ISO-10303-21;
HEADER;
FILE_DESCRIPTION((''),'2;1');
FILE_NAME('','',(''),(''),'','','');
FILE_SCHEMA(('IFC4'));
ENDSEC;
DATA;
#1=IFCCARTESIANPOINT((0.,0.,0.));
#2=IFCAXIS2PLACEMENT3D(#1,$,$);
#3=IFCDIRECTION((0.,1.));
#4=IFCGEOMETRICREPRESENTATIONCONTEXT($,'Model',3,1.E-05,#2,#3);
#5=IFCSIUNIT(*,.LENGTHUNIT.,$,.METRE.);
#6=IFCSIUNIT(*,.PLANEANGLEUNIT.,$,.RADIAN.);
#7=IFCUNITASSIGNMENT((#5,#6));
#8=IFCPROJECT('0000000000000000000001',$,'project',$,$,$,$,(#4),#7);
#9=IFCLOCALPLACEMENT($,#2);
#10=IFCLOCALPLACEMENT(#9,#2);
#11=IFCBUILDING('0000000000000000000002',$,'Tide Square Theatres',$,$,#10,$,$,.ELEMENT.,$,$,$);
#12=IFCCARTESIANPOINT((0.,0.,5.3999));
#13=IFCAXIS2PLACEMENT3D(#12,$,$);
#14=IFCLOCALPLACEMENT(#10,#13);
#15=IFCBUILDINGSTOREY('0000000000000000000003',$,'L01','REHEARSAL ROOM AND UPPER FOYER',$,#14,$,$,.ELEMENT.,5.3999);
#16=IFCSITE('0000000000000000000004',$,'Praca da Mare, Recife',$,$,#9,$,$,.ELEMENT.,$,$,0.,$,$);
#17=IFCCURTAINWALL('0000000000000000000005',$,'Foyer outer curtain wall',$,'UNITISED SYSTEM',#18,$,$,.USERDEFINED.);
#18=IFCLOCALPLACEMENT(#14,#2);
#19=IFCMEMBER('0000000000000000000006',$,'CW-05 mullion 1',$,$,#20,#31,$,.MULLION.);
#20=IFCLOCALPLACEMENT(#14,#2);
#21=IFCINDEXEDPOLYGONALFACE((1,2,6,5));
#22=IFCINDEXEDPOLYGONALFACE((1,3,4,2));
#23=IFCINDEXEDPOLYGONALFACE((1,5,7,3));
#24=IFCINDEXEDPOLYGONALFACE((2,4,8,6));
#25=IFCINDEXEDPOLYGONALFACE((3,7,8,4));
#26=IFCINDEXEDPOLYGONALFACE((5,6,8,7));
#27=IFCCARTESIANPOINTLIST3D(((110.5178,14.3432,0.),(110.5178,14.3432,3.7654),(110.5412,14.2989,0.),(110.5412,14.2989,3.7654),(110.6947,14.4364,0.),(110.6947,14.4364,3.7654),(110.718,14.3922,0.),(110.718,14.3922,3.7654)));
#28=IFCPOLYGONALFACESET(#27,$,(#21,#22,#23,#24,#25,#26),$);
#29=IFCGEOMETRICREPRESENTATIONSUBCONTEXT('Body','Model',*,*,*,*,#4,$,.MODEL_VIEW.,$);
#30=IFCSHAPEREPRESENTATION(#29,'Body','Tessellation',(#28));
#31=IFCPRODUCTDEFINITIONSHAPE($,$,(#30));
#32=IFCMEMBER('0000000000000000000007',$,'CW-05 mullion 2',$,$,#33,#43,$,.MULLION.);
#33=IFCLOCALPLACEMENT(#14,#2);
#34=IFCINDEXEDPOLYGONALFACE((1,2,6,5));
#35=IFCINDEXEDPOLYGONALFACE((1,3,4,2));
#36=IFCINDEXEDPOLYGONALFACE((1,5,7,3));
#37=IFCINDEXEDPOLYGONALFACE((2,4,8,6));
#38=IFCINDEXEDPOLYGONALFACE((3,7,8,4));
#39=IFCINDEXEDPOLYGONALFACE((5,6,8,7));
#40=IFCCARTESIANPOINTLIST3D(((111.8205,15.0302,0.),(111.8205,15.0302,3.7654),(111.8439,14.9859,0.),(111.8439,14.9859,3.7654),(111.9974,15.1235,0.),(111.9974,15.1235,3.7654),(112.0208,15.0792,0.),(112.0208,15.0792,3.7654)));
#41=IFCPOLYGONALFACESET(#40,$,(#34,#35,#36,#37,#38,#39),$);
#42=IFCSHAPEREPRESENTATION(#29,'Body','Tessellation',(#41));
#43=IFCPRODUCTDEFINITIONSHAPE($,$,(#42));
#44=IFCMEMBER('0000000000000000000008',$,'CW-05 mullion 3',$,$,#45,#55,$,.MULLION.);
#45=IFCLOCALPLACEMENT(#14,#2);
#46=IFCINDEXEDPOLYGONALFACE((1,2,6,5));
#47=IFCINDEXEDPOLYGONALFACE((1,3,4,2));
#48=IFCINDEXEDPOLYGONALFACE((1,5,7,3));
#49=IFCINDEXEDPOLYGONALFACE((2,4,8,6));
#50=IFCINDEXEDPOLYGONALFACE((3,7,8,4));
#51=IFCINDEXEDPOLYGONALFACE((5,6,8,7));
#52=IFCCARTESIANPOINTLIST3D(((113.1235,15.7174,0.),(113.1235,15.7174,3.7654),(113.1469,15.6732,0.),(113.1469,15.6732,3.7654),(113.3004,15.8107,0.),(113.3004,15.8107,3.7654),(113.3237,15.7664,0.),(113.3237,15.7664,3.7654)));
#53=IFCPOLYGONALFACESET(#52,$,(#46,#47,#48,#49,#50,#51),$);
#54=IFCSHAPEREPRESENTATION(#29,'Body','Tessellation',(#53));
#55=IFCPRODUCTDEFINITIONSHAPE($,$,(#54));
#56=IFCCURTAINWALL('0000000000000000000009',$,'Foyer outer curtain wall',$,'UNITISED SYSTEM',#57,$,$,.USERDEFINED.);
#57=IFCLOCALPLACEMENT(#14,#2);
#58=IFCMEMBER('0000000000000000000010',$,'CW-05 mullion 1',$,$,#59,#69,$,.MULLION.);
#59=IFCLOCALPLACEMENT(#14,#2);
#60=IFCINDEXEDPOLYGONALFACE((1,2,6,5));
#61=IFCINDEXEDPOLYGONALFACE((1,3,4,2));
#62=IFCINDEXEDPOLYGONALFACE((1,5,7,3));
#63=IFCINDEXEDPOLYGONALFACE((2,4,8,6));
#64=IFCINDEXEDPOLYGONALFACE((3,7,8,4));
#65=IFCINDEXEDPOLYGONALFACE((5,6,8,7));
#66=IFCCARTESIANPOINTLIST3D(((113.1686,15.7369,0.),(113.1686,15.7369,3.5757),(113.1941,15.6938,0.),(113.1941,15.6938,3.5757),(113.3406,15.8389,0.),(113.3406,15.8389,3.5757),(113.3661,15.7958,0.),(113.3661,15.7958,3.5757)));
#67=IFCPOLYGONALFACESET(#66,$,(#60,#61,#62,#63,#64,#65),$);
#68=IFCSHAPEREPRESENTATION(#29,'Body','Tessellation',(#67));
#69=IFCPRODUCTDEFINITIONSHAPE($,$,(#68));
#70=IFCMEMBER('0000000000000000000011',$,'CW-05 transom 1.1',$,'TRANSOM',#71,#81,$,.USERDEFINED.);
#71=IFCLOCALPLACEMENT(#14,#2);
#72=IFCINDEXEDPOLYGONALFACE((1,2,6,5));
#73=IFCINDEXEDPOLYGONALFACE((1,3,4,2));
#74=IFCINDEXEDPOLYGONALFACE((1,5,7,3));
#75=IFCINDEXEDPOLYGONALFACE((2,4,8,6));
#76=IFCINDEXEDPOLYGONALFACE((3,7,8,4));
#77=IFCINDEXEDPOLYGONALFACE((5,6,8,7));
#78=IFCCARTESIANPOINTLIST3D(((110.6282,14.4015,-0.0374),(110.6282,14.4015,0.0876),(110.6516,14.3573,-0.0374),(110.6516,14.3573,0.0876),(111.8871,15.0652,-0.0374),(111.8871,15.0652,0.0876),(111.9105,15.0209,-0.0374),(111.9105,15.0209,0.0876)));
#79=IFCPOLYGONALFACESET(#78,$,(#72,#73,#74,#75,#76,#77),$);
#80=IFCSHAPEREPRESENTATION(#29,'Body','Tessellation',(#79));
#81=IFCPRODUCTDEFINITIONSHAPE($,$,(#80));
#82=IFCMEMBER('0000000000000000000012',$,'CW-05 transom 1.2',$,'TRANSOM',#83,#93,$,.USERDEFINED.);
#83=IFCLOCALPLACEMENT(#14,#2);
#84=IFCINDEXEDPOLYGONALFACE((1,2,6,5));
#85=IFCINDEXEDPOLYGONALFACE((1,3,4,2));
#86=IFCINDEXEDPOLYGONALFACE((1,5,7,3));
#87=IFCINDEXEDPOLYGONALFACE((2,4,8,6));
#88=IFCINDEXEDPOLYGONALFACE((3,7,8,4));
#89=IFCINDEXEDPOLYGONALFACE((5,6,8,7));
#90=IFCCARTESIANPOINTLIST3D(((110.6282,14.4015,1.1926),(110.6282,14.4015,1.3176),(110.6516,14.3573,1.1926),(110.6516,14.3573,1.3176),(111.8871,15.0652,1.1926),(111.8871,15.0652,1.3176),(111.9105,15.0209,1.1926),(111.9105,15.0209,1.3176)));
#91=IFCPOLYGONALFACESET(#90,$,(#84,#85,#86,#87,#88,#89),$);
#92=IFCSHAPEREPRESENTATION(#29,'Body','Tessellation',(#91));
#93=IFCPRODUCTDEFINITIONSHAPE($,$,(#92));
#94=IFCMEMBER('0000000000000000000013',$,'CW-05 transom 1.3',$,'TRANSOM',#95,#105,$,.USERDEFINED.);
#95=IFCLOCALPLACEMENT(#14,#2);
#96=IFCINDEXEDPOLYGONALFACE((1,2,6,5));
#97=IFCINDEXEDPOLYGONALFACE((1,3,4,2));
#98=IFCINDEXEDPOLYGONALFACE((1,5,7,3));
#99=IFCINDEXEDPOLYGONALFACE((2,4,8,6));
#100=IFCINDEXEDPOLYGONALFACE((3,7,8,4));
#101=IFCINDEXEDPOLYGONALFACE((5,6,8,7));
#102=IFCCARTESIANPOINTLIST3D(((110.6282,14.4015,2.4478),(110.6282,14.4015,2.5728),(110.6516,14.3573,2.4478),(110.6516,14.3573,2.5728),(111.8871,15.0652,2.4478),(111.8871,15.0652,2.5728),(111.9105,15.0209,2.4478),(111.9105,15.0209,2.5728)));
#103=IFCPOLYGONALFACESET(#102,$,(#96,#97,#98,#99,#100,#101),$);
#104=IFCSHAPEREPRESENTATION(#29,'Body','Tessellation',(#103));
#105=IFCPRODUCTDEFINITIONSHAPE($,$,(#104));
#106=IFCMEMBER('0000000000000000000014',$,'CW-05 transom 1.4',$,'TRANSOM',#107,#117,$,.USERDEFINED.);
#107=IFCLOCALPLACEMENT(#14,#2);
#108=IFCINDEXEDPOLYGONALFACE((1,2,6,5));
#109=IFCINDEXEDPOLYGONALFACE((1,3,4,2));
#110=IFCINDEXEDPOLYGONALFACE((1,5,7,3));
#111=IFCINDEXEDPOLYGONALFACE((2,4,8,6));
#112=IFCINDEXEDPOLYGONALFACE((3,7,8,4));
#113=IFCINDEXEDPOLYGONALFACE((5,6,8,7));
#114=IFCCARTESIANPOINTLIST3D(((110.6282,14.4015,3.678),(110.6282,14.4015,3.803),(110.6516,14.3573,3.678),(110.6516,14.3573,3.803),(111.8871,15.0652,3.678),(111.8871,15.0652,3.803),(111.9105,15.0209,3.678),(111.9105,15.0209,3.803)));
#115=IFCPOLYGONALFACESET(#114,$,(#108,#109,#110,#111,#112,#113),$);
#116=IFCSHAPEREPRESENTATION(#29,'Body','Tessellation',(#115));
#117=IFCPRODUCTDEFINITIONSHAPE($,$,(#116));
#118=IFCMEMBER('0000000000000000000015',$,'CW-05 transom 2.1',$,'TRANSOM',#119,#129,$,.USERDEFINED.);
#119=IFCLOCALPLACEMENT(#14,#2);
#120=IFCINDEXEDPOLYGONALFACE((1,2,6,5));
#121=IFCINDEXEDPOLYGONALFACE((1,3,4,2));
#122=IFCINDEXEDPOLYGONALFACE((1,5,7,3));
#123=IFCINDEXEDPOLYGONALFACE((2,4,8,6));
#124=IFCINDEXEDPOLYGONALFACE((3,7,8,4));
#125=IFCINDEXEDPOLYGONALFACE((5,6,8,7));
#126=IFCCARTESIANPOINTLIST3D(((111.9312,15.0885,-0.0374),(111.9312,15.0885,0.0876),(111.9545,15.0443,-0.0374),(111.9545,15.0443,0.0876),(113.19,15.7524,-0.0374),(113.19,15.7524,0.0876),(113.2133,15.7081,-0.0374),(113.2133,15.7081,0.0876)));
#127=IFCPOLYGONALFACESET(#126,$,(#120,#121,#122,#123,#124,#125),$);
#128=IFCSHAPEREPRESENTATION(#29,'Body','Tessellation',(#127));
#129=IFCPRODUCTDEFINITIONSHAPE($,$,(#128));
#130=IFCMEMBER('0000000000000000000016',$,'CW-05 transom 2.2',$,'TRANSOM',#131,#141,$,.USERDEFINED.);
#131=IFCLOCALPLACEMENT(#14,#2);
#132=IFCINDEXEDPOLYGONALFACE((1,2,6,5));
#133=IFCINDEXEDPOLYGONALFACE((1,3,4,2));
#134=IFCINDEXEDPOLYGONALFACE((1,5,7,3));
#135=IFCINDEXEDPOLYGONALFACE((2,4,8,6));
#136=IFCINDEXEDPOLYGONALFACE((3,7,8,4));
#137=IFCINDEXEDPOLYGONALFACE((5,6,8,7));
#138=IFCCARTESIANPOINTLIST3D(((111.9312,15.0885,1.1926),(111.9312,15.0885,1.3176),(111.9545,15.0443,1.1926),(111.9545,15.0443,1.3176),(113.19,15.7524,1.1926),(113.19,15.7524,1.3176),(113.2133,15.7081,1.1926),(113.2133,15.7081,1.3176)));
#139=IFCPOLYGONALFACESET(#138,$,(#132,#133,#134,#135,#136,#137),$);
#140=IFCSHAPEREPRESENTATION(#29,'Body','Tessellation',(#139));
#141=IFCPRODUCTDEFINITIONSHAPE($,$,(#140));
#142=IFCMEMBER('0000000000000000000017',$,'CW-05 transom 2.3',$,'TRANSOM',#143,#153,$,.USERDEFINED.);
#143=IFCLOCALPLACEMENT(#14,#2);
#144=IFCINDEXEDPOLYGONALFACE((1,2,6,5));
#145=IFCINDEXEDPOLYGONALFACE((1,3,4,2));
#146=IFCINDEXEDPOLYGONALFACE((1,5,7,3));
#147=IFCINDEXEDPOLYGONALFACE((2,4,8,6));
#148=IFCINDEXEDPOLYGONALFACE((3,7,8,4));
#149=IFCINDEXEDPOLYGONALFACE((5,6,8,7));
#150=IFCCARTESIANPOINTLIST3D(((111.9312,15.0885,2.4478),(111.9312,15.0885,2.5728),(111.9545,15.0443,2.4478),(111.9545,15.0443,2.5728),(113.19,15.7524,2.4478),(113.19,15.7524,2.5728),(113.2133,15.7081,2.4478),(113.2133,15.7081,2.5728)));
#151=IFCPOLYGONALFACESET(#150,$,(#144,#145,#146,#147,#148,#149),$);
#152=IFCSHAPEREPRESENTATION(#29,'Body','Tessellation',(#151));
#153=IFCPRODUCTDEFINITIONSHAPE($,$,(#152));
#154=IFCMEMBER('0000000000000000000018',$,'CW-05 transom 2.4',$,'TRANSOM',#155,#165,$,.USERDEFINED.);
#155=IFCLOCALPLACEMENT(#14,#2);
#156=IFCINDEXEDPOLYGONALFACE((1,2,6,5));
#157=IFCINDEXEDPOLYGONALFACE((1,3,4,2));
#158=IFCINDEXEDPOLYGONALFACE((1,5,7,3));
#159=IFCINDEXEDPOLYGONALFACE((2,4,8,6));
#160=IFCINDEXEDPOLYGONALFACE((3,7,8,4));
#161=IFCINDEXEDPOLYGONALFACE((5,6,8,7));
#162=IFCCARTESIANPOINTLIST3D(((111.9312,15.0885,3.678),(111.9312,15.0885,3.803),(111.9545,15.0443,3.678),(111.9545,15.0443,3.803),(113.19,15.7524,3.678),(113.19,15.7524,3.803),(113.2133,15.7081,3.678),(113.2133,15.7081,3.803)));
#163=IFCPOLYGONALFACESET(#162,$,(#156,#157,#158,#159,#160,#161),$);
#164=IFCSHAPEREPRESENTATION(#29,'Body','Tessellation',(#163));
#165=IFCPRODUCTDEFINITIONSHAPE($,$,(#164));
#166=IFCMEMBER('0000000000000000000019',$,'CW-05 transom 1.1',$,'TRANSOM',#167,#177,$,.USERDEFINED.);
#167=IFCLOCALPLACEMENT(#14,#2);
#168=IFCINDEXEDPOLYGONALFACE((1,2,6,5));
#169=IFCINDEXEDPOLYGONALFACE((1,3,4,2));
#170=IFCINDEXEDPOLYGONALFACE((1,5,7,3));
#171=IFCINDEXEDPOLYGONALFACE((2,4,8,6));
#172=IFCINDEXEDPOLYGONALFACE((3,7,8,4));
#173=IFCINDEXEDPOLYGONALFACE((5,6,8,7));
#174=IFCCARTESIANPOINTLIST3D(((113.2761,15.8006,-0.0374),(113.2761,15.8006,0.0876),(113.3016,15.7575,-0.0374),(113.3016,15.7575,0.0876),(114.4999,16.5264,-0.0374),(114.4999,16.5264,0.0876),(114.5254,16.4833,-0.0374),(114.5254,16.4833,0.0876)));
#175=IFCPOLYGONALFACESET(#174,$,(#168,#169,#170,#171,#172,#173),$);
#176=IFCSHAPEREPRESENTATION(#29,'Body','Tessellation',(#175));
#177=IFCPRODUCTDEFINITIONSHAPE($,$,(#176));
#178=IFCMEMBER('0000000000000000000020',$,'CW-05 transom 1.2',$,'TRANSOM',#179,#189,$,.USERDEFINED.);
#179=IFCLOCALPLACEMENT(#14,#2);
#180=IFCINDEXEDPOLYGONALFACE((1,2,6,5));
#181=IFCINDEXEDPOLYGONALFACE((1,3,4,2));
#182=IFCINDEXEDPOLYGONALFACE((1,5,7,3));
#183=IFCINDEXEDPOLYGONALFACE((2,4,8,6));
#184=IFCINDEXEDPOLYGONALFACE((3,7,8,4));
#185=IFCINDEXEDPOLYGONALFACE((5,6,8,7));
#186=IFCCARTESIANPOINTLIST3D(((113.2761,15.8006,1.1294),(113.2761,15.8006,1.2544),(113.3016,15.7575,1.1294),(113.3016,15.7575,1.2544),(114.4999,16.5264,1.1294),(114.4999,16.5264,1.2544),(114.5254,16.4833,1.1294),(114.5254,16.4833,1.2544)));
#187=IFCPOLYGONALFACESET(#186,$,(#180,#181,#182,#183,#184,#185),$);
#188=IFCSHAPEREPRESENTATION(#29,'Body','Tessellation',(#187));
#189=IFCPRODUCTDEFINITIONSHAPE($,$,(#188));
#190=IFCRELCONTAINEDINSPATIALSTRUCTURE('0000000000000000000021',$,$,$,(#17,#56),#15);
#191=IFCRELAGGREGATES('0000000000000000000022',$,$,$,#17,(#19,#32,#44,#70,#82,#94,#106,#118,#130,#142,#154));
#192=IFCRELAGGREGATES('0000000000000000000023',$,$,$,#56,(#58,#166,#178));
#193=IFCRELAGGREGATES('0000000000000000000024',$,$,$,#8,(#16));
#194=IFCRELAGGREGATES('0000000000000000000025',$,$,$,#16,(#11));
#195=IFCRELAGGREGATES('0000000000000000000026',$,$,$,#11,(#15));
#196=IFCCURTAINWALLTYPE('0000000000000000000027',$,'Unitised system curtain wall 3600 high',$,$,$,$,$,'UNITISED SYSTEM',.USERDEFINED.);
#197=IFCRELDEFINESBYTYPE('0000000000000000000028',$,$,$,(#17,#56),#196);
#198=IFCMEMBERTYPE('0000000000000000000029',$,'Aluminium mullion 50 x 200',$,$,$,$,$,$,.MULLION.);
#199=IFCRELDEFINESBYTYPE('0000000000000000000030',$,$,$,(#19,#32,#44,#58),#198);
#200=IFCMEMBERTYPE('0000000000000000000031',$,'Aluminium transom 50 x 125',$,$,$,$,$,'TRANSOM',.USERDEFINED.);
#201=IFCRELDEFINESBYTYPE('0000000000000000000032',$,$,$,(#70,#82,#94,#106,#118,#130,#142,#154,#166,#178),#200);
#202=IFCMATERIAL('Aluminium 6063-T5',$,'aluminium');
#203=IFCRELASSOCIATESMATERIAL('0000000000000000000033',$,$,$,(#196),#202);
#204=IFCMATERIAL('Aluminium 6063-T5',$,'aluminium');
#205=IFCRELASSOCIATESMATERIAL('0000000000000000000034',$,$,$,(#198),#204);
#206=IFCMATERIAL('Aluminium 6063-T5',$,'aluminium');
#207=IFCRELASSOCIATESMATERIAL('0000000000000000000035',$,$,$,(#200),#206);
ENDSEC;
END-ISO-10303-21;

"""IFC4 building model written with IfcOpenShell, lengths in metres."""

from ifc_helpers import new_model, si_unit, direction, frame, origin, origin_2d, place, context, subcontext, project, spatial, rectangle, extrude, material, material_profile, profile_set, type_object, element, aggregate, save


model = new_model("IFC4")

# Units and contexts
model_context = context("Model", 3, precision=1e-05, world=origin(), true_north=direction((0.0, 1.0)))
body_context = subcontext(model_context, "Body", "Model", "MODEL_VIEW")
ifc_project = project(units=[si_unit("LENGTHUNIT", "METRE"), si_unit("PLANEANGLEUNIT", "RADIAN")], contexts=[model_context])

# Site, building, storey
site_placement = place(None, origin())
site = spatial("IfcSite", under=ifc_project, at=site_placement, Name="Praca da Mare, Recife", CompositionType="ELEMENT", RefElevation=0.0)
building_placement = place(site_placement, origin())
building = spatial("IfcBuilding", under=site, at=building_placement, Name="Tide Square Theatres", CompositionType="ELEMENT")
storey_placement = place(building_placement, frame((0.0, 0.0, 5.3999)))
storey = spatial("IfcBuildingStorey", under=building, at=storey_placement, Name="L01", Description="REHEARSAL ROOM AND UPPER FOYER", CompositionType="ELEMENT", Elevation=5.3999)

# Curtain wall, members
ifc_material_1 = material(Name="Aluminium 6063-T5", Category="aluminium")
curtain_wall_type = type_object("IfcCurtainWallType", Name="Unitised system curtain wall 3600 high", ElementType="UNITISED SYSTEM", PredefinedType="USERDEFINED", material=ifc_material_1)
curtain_wall_1_placement = place(storey_placement, origin())
curtain_wall_1 = element("IfcCurtainWall", 1, at=curtain_wall_1_placement, inside=storey, type_object=curtain_wall_type, Name="Foyer outer curtain wall", ObjectType="UNITISED SYSTEM", PredefinedType="USERDEFINED")
ifc_material_2 = material(Name="Aluminium 6063-T5", Category="aluminium")
ifc_material_profile_1 = material_profile(ifc_material_2, rectangle(XDim=0.05, YDim=0.2, at=origin_2d()))
ifc_profile_set_1 = profile_set([ifc_material_profile_1], Name="Aluminium 6063-T5")
member_type_1 = type_object("IfcMemberType", Name="Aluminium mullion 50 x 200", PredefinedType="MULLION", material=ifc_profile_set_1)
member_1_placement = place(storey_placement, frame((110.6179, 14.3677, 0.0), z_axis=(0.0, 0.0, 1.0), x_axis=(-0.466455, 0.884545, 0.0)))
member_1 = element("IfcMember", 2, at=member_1_placement, type_object=member_type_1, Name="CW-05 mullion 1", PredefinedType="MULLION", context=body_context, shape_type="SweptSolid", body=[
    extrude(rectangle(XDim=0.05, YDim=0.2, at=origin_2d()), origin(), (0.0, 0.0, 1.0), 3.7654),
])
member_2_placement = place(storey_placement, frame((111.9207, 15.0547, 0.0), z_axis=(0.0, 0.0, 1.0), x_axis=(-0.466455, 0.884545, 0.0)))
member_2 = element("IfcMember", 3, at=member_2_placement, type_object=member_type_1, Name="CW-05 mullion 2", PredefinedType="MULLION", context=body_context, shape_type="SweptSolid", body=[
    extrude(rectangle(XDim=0.05, YDim=0.2, at=origin_2d()), origin(), (0.0, 0.0, 1.0), 3.7654),
])
member_3_placement = place(storey_placement, frame((113.2236, 15.7419, 0.0), z_axis=(0.0, 0.0, 1.0), x_axis=(-0.466455, 0.884545, 0.0)))
member_3 = element("IfcMember", 4, at=member_3_placement, type_object=member_type_1, Name="CW-05 mullion 3", PredefinedType="MULLION", context=body_context, shape_type="SweptSolid", body=[
    extrude(rectangle(XDim=0.05, YDim=0.2, at=origin_2d()), origin(), (0.0, 0.0, 1.0), 3.7654),
])

# Curtain wall, member
curtain_wall_2_placement = place(storey_placement, origin())
curtain_wall_2 = element("IfcCurtainWall", 5, at=curtain_wall_2_placement, inside=storey, type_object=curtain_wall_type, Name="Foyer outer curtain wall", ObjectType="UNITISED SYSTEM", PredefinedType="USERDEFINED")
member_4_placement = place(storey_placement, frame((113.2673, 15.7664, 0.0), z_axis=(0.0, 0.0, 1.0), x_axis=(-0.510125, 0.8601, 0.0)))
member_4 = element("IfcMember", 6, at=member_4_placement, type_object=member_type_1, Name="CW-05 mullion 1", PredefinedType="MULLION", context=body_context, shape_type="SweptSolid", body=[
    extrude(rectangle(XDim=0.05, YDim=0.2, at=origin_2d()), origin(), (0.0, 0.0, 1.0), 3.5757),
])

# Members
ifc_material_3 = material(Name="Aluminium 6063-T5", Category="aluminium")
ifc_material_profile_2 = material_profile(ifc_material_3, rectangle(XDim=0.05, YDim=0.125, at=origin_2d()))
ifc_profile_set_2 = profile_set([ifc_material_profile_2], Name="Aluminium 6063-T5")
member_type_2 = type_object("IfcMemberType", Name="Aluminium transom 50 x 125", ElementType="TRANSOM", PredefinedType="USERDEFINED", material=ifc_profile_set_2)
member_5_placement = place(storey_placement, frame((110.6399, 14.3794, 0.0251), z_axis=(0.884613, 0.466326, 0.0), x_axis=(-0.466326, 0.884613, 0.0)))
member_5 = element("IfcMember", 7, at=member_5_placement, type_object=member_type_2, Name="CW-05 transom 1.1", ObjectType="TRANSOM", PredefinedType="USERDEFINED", context=body_context, shape_type="SweptSolid", body=[
    extrude(rectangle(XDim=0.05, YDim=0.125, at=origin_2d()), origin(), (0.0, 0.0, 1.0), 1.4231),
])
member_6_placement = place(storey_placement, frame((110.6399, 14.3794, 1.2551), z_axis=(0.884613, 0.466326, 0.0), x_axis=(-0.466326, 0.884613, 0.0)))
member_6 = element("IfcMember", 8, at=member_6_placement, type_object=member_type_2, Name="CW-05 transom 1.2", ObjectType="TRANSOM", PredefinedType="USERDEFINED", context=body_context, shape_type="SweptSolid", body=[
    extrude(rectangle(XDim=0.05, YDim=0.125, at=origin_2d()), origin(), (0.0, 0.0, 1.0), 1.4231),
])
member_7_placement = place(storey_placement, frame((110.6399, 14.3794, 2.5103), z_axis=(0.884613, 0.466326, 0.0), x_axis=(-0.466326, 0.884613, 0.0)))
member_7 = element("IfcMember", 9, at=member_7_placement, type_object=member_type_2, Name="CW-05 transom 1.3", ObjectType="TRANSOM", PredefinedType="USERDEFINED", context=body_context, shape_type="SweptSolid", body=[
    extrude(rectangle(XDim=0.05, YDim=0.125, at=origin_2d()), origin(), (0.0, 0.0, 1.0), 1.4231),
])
member_8_placement = place(storey_placement, frame((110.6399, 14.3794, 3.7405), z_axis=(0.884613, 0.466326, 0.0), x_axis=(-0.466326, 0.884613, 0.0)))
member_8 = element("IfcMember", 10, at=member_8_placement, type_object=member_type_2, Name="CW-05 transom 1.4", ObjectType="TRANSOM", PredefinedType="USERDEFINED", context=body_context, shape_type="SweptSolid", body=[
    extrude(rectangle(XDim=0.05, YDim=0.125, at=origin_2d()), origin(), (0.0, 0.0, 1.0), 1.4231),
])
member_9_placement = place(storey_placement, frame((111.9429, 15.0664, 0.0251), z_axis=(0.884542, 0.46646, 0.0), x_axis=(-0.46646, 0.884542, 0.0)))
member_9 = element("IfcMember", 11, at=member_9_placement, type_object=member_type_2, Name="CW-05 transom 2.1", ObjectType="TRANSOM", PredefinedType="USERDEFINED", context=body_context, shape_type="SweptSolid", body=[
    extrude(rectangle(XDim=0.05, YDim=0.125, at=origin_2d()), origin(), (0.0, 0.0, 1.0), 1.4231),
])
member_10_placement = place(storey_placement, frame((111.9429, 15.0664, 1.2551), z_axis=(0.884542, 0.46646, 0.0), x_axis=(-0.46646, 0.884542, 0.0)))
member_10 = element("IfcMember", 12, at=member_10_placement, type_object=member_type_2, Name="CW-05 transom 2.2", ObjectType="TRANSOM", PredefinedType="USERDEFINED", context=body_context, shape_type="SweptSolid", body=[
    extrude(rectangle(XDim=0.05, YDim=0.125, at=origin_2d()), origin(), (0.0, 0.0, 1.0), 1.4231),
])
member_11_placement = place(storey_placement, frame((111.9429, 15.0664, 2.5103), z_axis=(0.884542, 0.46646, 0.0), x_axis=(-0.46646, 0.884542, 0.0)))
member_11 = element("IfcMember", 13, at=member_11_placement, type_object=member_type_2, Name="CW-05 transom 2.3", ObjectType="TRANSOM", PredefinedType="USERDEFINED", context=body_context, shape_type="SweptSolid", body=[
    extrude(rectangle(XDim=0.05, YDim=0.125, at=origin_2d()), origin(), (0.0, 0.0, 1.0), 1.4231),
])
member_12_placement = place(storey_placement, frame((111.9429, 15.0664, 3.7405), z_axis=(0.884542, 0.46646, 0.0), x_axis=(-0.46646, 0.884542, 0.0)))
member_12 = element("IfcMember", 14, at=member_12_placement, type_object=member_type_2, Name="CW-05 transom 2.4", ObjectType="TRANSOM", PredefinedType="USERDEFINED", context=body_context, shape_type="SweptSolid", body=[
    extrude(rectangle(XDim=0.05, YDim=0.125, at=origin_2d()), origin(), (0.0, 0.0, 1.0), 1.4231),
])
member_13_placement = place(storey_placement, frame((113.2888, 15.7791, 0.0251), z_axis=(0.860116, 0.510099, 0.0), x_axis=(-0.510099, 0.860116, 0.0)))
member_13 = element("IfcMember", 15, at=member_13_placement, type_object=member_type_2, Name="CW-05 transom 1.1", ObjectType="TRANSOM", PredefinedType="USERDEFINED", context=body_context, shape_type="SweptSolid", body=[
    extrude(rectangle(XDim=0.05, YDim=0.125, at=origin_2d()), origin(), (0.0, 0.0, 1.0), 1.4229),
])
member_14_placement = place(storey_placement, frame((113.2888, 15.7791, 1.1919), z_axis=(0.860116, 0.510099, 0.0), x_axis=(-0.510099, 0.860116, 0.0)))
member_14 = element("IfcMember", 16, at=member_14_placement, type_object=member_type_2, Name="CW-05 transom 1.2", ObjectType="TRANSOM", PredefinedType="USERDEFINED", context=body_context, shape_type="SweptSolid", body=[
    extrude(rectangle(XDim=0.05, YDim=0.125, at=origin_2d()), origin(), (0.0, 0.0, 1.0), 1.4229),
])

aggregate(curtain_wall_1, [member_1, member_2, member_3, member_5, member_6, member_7, member_8, member_9, member_10, member_11, member_12])
aggregate(curtain_wall_2, [member_4, member_13, member_14])

save(model, "model.ifc")
